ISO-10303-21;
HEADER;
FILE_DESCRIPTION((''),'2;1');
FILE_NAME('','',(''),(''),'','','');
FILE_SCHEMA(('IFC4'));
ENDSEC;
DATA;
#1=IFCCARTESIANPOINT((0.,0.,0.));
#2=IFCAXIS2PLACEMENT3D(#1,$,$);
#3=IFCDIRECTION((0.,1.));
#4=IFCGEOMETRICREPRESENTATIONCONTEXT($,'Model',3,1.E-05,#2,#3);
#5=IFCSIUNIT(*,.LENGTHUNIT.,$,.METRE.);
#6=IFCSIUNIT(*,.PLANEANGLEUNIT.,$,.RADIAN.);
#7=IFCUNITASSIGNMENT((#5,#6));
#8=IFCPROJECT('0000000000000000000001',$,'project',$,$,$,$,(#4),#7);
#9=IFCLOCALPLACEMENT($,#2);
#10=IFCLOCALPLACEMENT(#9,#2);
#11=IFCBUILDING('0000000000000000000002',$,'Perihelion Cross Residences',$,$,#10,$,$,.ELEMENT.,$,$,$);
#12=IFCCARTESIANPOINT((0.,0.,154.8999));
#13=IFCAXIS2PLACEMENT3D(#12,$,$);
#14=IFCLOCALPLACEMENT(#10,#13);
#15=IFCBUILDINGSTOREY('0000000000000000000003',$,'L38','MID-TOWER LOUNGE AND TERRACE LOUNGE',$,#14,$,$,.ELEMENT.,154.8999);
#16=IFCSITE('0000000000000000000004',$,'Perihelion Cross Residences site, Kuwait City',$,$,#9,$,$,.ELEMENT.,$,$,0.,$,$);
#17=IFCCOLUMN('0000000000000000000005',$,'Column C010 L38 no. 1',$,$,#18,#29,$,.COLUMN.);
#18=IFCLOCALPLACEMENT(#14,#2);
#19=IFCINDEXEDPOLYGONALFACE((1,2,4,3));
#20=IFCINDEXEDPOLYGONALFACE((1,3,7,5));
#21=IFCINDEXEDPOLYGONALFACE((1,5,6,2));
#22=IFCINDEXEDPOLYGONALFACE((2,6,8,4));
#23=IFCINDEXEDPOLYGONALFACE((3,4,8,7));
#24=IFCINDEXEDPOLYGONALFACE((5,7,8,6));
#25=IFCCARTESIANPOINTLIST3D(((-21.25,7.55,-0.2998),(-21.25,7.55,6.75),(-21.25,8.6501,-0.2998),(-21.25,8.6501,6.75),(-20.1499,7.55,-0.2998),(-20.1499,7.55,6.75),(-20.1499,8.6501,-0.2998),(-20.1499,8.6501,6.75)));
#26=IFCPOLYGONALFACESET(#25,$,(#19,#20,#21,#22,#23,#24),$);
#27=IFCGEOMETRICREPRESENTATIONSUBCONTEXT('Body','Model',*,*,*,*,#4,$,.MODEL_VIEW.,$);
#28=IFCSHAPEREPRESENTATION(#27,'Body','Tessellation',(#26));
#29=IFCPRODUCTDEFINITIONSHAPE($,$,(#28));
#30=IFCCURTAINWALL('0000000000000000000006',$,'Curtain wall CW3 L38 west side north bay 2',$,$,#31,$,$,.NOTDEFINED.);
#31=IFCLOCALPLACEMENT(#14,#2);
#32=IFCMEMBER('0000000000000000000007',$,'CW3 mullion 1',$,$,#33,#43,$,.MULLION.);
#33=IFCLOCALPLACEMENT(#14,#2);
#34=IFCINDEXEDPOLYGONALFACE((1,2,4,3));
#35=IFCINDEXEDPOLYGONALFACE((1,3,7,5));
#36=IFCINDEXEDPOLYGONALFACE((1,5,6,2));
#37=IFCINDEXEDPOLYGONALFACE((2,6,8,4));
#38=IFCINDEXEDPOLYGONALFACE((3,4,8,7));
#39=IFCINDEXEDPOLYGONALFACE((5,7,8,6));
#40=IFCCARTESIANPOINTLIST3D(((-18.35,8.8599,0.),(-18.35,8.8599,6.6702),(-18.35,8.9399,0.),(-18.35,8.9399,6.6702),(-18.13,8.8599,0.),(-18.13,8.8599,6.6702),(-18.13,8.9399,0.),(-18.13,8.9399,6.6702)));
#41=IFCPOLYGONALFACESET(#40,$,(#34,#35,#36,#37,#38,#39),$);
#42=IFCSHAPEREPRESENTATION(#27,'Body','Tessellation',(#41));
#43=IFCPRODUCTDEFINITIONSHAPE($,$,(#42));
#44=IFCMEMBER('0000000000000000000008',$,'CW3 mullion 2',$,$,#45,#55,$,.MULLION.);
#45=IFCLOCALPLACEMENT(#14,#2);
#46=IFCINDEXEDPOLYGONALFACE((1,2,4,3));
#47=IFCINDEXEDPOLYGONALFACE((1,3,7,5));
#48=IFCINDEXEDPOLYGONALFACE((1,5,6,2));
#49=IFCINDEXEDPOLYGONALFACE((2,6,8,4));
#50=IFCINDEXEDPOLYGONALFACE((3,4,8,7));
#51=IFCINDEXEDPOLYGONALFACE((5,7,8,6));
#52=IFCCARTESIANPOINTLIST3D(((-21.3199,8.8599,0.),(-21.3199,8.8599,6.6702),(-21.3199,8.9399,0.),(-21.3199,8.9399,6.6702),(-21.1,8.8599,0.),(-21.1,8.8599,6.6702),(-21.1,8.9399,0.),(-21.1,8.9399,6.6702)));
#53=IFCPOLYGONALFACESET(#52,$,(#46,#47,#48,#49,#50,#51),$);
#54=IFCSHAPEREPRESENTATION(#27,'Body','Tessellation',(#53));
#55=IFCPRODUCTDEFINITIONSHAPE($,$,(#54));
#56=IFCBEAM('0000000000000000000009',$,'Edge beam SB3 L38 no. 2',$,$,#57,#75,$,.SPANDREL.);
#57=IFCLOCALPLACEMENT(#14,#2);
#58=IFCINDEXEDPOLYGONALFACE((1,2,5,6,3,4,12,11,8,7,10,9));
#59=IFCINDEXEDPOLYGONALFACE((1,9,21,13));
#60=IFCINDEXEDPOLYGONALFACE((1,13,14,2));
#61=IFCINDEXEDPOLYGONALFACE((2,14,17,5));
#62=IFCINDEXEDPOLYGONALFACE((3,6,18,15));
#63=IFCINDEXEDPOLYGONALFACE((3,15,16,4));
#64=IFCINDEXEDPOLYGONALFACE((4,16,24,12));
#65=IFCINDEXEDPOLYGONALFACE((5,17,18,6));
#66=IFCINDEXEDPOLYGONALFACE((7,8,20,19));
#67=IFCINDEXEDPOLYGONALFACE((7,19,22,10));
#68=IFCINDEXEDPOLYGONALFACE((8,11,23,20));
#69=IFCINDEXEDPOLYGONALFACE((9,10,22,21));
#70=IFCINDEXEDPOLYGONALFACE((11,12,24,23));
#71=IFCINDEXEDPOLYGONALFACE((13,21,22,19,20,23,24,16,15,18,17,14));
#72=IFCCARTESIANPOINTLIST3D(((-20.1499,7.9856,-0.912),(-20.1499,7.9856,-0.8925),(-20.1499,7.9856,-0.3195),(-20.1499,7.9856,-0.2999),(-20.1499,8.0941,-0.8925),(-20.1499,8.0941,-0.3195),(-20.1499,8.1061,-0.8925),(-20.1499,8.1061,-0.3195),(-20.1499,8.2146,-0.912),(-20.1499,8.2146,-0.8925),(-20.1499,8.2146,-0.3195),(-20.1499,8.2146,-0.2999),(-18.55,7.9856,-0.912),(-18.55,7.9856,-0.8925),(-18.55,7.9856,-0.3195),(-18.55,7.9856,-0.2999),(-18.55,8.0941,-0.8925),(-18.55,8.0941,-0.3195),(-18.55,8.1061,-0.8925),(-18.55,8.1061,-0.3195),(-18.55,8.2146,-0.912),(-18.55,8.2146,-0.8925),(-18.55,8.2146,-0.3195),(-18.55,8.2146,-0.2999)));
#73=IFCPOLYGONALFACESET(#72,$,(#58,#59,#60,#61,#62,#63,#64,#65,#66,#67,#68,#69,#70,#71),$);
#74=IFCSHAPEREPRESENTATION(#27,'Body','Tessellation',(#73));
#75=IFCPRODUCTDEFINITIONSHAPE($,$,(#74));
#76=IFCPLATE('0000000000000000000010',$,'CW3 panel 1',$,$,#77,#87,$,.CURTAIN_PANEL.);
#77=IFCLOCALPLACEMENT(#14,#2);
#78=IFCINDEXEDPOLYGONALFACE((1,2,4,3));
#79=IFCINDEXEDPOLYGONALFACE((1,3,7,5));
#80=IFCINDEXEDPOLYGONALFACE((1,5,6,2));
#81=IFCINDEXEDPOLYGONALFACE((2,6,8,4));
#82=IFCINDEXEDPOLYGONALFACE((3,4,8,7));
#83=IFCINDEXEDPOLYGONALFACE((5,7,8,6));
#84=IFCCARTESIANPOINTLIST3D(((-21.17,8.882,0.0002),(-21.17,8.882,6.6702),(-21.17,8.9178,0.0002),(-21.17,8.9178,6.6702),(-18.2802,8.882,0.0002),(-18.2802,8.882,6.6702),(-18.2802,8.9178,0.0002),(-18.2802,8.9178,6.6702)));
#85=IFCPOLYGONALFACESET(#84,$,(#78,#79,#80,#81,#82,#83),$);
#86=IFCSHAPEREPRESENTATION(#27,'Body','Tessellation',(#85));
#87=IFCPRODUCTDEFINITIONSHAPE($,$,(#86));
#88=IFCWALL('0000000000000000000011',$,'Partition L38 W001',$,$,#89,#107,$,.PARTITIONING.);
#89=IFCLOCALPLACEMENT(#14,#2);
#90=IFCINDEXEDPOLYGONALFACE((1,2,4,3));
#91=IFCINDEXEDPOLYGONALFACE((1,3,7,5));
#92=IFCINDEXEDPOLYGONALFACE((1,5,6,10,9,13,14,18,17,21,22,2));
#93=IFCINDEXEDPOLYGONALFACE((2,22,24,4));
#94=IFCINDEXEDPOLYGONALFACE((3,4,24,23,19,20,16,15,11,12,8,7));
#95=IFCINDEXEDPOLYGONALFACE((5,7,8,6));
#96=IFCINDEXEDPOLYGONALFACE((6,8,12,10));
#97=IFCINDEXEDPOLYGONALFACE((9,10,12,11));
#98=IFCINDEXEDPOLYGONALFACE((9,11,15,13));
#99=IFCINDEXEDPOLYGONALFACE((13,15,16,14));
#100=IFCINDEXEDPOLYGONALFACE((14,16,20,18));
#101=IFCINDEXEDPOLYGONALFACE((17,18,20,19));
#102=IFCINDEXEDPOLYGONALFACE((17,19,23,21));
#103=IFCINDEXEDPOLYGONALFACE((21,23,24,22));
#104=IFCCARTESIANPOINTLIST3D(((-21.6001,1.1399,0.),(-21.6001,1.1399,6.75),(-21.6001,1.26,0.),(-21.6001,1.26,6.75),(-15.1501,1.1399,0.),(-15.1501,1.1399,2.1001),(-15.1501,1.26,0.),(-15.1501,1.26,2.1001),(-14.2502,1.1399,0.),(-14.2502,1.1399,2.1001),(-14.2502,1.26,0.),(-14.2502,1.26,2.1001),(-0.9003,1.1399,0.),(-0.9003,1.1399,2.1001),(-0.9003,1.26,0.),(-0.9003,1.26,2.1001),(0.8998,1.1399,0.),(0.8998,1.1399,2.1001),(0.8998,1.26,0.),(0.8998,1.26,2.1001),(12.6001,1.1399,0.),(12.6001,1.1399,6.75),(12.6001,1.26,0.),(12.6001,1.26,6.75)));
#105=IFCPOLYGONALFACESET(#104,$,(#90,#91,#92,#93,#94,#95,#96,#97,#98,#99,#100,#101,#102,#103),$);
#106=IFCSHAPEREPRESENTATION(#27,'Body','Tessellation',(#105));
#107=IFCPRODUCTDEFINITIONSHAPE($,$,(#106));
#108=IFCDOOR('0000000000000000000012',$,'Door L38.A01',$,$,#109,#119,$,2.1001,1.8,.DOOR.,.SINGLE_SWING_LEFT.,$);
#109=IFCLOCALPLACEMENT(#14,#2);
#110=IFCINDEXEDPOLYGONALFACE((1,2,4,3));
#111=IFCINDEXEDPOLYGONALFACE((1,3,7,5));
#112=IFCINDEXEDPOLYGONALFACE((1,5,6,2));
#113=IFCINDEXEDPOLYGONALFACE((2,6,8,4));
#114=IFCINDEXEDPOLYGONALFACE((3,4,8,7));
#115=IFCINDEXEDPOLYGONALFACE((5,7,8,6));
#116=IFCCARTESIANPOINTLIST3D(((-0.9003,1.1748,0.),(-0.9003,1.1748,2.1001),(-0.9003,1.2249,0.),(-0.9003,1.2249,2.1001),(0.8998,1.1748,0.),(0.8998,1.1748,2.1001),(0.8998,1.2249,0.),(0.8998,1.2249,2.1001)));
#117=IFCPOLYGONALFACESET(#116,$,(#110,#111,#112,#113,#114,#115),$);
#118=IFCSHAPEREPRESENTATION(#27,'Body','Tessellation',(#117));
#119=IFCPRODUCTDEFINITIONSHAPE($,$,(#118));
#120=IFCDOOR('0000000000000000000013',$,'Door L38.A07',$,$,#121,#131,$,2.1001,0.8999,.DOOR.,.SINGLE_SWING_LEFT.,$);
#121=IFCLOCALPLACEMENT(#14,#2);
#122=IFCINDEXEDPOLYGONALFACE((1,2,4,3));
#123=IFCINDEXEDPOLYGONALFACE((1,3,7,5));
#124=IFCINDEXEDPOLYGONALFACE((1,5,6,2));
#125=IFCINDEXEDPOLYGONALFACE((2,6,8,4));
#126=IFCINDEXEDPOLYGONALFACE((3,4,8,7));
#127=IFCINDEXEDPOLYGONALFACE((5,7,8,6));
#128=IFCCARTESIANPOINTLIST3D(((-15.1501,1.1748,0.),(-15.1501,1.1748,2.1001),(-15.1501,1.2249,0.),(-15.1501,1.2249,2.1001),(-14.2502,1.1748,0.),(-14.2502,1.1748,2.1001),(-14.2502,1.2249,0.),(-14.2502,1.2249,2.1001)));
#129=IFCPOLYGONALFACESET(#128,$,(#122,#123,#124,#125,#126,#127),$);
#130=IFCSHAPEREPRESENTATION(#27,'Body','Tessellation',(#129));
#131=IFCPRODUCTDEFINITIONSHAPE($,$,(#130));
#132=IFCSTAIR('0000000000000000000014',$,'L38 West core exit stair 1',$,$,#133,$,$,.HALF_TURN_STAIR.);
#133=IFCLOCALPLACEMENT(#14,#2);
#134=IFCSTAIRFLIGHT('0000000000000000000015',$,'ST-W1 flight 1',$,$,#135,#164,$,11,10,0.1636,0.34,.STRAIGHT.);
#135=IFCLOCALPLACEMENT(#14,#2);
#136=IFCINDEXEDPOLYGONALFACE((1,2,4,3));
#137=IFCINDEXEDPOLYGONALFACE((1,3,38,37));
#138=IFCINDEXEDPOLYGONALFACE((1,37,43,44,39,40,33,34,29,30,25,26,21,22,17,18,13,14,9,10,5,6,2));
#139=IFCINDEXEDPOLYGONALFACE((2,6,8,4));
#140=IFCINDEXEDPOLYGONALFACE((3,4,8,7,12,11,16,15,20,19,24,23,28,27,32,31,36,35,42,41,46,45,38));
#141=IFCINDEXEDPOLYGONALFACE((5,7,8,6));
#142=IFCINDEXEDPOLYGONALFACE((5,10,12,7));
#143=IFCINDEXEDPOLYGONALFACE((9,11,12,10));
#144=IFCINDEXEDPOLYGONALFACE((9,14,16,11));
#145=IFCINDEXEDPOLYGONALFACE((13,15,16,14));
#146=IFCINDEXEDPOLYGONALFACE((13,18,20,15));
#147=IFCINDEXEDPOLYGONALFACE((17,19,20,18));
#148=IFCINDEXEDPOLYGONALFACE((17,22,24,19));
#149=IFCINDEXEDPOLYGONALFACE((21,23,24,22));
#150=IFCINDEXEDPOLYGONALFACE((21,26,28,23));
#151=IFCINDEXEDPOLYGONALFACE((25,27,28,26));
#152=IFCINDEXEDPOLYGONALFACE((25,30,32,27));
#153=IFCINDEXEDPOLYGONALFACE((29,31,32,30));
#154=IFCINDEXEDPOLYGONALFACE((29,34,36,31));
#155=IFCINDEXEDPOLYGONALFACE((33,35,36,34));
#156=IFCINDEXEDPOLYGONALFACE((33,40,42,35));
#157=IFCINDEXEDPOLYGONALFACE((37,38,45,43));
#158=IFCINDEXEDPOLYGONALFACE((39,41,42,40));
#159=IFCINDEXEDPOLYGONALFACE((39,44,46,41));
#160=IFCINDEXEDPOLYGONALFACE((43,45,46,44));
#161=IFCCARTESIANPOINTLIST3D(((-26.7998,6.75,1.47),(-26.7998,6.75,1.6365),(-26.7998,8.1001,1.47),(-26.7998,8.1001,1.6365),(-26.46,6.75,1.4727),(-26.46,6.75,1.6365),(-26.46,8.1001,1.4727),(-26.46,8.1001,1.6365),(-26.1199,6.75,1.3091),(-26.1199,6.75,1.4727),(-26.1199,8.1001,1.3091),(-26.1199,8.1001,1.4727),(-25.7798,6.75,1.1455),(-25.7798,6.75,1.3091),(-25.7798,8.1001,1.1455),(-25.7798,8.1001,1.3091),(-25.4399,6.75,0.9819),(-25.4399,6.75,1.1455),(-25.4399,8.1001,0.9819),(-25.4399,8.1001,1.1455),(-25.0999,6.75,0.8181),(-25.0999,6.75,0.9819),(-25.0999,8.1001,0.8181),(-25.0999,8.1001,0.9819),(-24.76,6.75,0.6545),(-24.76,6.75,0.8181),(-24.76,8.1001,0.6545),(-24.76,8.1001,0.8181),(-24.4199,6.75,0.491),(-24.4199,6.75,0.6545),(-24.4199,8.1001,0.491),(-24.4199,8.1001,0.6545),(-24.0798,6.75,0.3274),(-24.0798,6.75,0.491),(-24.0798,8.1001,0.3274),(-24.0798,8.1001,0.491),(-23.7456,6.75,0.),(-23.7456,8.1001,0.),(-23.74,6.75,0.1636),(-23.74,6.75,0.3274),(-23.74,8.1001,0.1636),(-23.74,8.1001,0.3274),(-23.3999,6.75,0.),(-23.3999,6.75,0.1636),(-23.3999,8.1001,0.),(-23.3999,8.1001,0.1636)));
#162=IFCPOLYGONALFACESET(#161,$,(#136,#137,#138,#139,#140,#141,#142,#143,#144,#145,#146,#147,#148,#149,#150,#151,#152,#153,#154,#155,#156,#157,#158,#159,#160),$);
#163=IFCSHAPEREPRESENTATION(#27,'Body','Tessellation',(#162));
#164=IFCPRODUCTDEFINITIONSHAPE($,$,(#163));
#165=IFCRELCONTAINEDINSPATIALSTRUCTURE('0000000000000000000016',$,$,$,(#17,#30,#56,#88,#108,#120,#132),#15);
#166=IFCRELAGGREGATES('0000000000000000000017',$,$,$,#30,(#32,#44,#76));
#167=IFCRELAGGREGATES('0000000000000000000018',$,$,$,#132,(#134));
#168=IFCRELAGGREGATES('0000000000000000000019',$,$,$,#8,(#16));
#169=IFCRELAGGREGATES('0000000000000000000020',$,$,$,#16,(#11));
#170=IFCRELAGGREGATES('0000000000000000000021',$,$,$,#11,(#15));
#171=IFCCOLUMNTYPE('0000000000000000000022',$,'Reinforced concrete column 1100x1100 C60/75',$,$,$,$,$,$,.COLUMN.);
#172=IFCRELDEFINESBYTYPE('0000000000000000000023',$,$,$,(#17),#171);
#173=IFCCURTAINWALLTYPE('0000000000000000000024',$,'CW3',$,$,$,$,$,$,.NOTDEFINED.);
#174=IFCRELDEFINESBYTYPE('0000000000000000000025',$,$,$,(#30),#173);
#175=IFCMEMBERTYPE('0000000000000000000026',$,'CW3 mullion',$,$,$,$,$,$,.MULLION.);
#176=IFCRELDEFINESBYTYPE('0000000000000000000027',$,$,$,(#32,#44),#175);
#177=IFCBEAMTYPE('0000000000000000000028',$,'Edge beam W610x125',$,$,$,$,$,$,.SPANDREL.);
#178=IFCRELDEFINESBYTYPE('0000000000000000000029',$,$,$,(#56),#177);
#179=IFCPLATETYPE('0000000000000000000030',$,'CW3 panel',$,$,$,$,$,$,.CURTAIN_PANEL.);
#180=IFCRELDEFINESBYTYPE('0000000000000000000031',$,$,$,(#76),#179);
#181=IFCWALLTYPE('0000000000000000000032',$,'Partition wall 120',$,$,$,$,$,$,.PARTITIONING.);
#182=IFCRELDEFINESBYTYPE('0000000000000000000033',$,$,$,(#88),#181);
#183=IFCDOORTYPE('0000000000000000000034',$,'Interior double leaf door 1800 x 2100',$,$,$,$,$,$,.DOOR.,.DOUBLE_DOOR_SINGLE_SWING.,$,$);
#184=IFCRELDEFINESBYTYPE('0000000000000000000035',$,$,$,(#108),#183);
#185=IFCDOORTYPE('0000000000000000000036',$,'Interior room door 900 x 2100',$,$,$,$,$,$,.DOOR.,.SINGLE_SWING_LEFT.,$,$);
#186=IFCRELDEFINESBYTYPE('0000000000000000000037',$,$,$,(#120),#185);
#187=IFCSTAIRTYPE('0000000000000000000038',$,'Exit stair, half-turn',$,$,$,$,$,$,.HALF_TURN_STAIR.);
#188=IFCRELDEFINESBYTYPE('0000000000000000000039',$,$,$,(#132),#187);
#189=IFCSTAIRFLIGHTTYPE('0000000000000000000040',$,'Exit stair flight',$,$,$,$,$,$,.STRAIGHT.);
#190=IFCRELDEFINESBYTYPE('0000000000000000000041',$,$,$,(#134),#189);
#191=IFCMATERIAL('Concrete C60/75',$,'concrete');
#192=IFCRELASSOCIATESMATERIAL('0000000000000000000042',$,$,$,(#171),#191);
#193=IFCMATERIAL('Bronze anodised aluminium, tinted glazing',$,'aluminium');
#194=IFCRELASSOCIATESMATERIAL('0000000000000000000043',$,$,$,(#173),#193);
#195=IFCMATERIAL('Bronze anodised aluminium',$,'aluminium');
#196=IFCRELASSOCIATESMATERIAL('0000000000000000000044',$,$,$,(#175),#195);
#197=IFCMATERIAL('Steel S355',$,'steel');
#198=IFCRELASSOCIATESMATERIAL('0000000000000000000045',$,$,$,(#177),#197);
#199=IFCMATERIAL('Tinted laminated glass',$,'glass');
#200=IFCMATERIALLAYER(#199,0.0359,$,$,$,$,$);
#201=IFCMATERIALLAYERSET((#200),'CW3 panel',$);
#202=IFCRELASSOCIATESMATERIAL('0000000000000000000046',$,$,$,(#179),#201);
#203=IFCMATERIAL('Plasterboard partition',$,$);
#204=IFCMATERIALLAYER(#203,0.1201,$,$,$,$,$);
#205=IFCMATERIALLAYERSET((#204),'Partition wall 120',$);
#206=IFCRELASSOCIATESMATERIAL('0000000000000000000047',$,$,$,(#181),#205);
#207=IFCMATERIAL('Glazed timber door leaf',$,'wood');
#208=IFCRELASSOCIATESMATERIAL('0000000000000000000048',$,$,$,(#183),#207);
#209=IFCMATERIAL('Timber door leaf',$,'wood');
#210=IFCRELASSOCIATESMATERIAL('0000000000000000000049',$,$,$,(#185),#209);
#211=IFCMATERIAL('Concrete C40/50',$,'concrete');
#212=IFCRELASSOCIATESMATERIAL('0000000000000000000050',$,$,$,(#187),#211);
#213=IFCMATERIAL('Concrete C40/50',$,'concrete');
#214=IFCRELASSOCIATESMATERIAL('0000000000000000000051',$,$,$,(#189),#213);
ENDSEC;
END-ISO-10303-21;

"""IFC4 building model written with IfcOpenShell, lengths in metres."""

from ifc_helpers import new_model, si_unit, direction, frame, frame_2d, origin, origin_2d, place, context, subcontext, project, spatial, polyline, rectangle, i_section, outline, extrude, material, layer, layer_set, material_profile, profile_set, type_object, element, fill, aggregate, save


model = new_model("IFC4")

# Units and contexts
model_context = context("Model", 3, precision=1e-05, world=origin(), true_north=direction((0.0, 1.0)))
body_context = subcontext(model_context, "Body", "Model", "MODEL_VIEW")
ifc_project = project(units=[si_unit("LENGTHUNIT", "METRE"), si_unit("PLANEANGLEUNIT", "RADIAN")], contexts=[model_context])

# Site, building, storey
site_placement = place(None, origin())
site = spatial("IfcSite", under=ifc_project, at=site_placement, Name="Perihelion Cross Residences site, Kuwait City", CompositionType="ELEMENT", RefElevation=0.0)
building_placement = place(site_placement, origin())
building = spatial("IfcBuilding", under=site, at=building_placement, Name="Perihelion Cross Residences", CompositionType="ELEMENT")
storey_placement = place(building_placement, frame((0.0, 0.0, 154.8999)))
storey = spatial("IfcBuildingStorey", under=building, at=storey_placement, Name="L38", Description="MID-TOWER LOUNGE AND TERRACE LOUNGE", CompositionType="ELEMENT", Elevation=154.8999)

# Column
ifc_material_1 = material(Name="Concrete C60/75", Category="concrete")
ifc_material_profile_1 = material_profile(ifc_material_1, rectangle(XDim=1.1001, YDim=1.1001, at=origin_2d()), Name="RC 1100x1100")
ifc_profile_set_1 = profile_set([ifc_material_profile_1], Name="Concrete C60/75")
column_type = type_object("IfcColumnType", Name="Reinforced concrete column 1100x1100 C60/75", PredefinedType="COLUMN", material=ifc_profile_set_1)
column_placement = place(storey_placement, frame((-20.7, 8.1001, -0.2998), z_axis=(0.0, 0.0, 1.0), x_axis=(1.0, 0.0, 0.0)))
element("IfcColumn", 1, at=column_placement, inside=storey, type_object=column_type, Name="Column C010 L38 no. 1", PredefinedType="COLUMN", context=body_context, shape_type="SweptSolid", body=[
    extrude(rectangle(XDim=1.1001, YDim=1.1001, at=origin_2d()), origin(), (0.0, 0.0, 1.0), 7.0498),
])

# Curtain wall, members
ifc_material_2 = material(Name="Bronze anodised aluminium, tinted glazing", Category="aluminium")
curtain_wall_type = type_object("IfcCurtainWallType", Name="CW3", PredefinedType="NOTDEFINED", material=ifc_material_2)
curtain_wall_placement = place(storey_placement, origin())
curtain_wall = element("IfcCurtainWall", 2, at=curtain_wall_placement, inside=storey, type_object=curtain_wall_type, Name="Curtain wall CW3 L38 west side north bay 2", PredefinedType="NOTDEFINED")
ifc_material_3 = material(Name="Bronze anodised aluminium", Category="aluminium")
ifc_material_profile_2 = material_profile(ifc_material_3, rectangle(XDim=0.0801, YDim=0.22, at=origin_2d()), Name="CW3 mullion")
ifc_profile_set_2 = profile_set([ifc_material_profile_2], Name="Bronze anodised aluminium")
member_type = type_object("IfcMemberType", Name="CW3 mullion", PredefinedType="MULLION", material=ifc_profile_set_2)
member_1_placement = place(storey_placement, frame((-18.24, 8.8999, 0.0), z_axis=(0.0, 0.0, 1.0), x_axis=(0.0, -1.0, 0.0)))
member_1 = element("IfcMember", 3, at=member_1_placement, type_object=member_type, Name="CW3 mullion 1", PredefinedType="MULLION", context=body_context, shape_type="SweptSolid", body=[
    extrude(rectangle(XDim=0.0801, YDim=0.22, at=origin_2d()), origin(), (0.0, 0.0, 1.0), 6.6702),
])
member_2_placement = place(storey_placement, frame((-21.21, 8.8999, 0.0), z_axis=(0.0, 0.0, 1.0), x_axis=(0.0, -1.0, 0.0)))
member_2 = element("IfcMember", 4, at=member_2_placement, type_object=member_type, Name="CW3 mullion 2", PredefinedType="MULLION", context=body_context, shape_type="SweptSolid", body=[
    extrude(rectangle(XDim=0.0801, YDim=0.22, at=origin_2d()), origin(), (0.0, 0.0, 1.0), 6.6702),
])

# Beam
ifc_material_4 = material(Name="Steel S355", Category="steel")
ifc_material_profile_3 = material_profile(ifc_material_4, i_section(OverallWidth=0.229, OverallDepth=0.6121, WebThickness=0.012, FlangeThickness=0.0195, at=origin_2d()), Name="W610x125")
ifc_profile_set_3 = profile_set([ifc_material_profile_3], Name="Steel S355")
beam_type = type_object("IfcBeamType", Name="Edge beam W610x125", PredefinedType="SPANDREL", material=ifc_profile_set_3)
beam_placement = place(storey_placement, frame((-18.55, 8.1001, -0.606), z_axis=(-1.0, 0.0, 0.0), x_axis=(0.0, -1.0, 0.0)))
element("IfcBeam", 5, at=beam_placement, inside=storey, type_object=beam_type, Name="Edge beam SB3 L38 no. 2", PredefinedType="SPANDREL", context=body_context, shape_type="SweptSolid", body=[
    extrude(i_section(OverallWidth=0.229, OverallDepth=0.6121, WebThickness=0.012, FlangeThickness=0.0195, at=origin_2d()), origin(), (0.0, 0.0, 1.0), 1.5999),
])

# Plate
ifc_material_5 = material(Name="Tinted laminated glass", Category="glass")
ifc_layer_1 = layer(ifc_material_5, 0.0359)
ifc_layer_set_1 = layer_set([ifc_layer_1], Name="CW3 panel")
plate_type = type_object("IfcPlateType", Name="CW3 panel", PredefinedType="CURTAIN_PANEL", material=ifc_layer_set_1)
plate_placement = place(storey_placement, frame((-19.7251, 8.8999, 0.0002), z_axis=(0.0, 0.0, 1.0), x_axis=(-1.0, 0.0, 0.0)))
plate = element("IfcPlate", 6, at=plate_placement, type_object=plate_type, Name="CW3 panel 1", PredefinedType="CURTAIN_PANEL", context=body_context, shape_type="SweptSolid", body=[
    extrude(rectangle(XDim=2.8899, YDim=0.0359, at=origin_2d()), origin(), (0.0, 0.0, 1.0), 6.6699),
])
aggregate(curtain_wall, [member_1, member_2, plate])

# Wall, openings, doors
ifc_material_6 = material(Name="Plasterboard partition")
ifc_layer_2 = layer(ifc_material_6, 0.1201)
ifc_layer_set_2 = layer_set([ifc_layer_2], Name="Partition wall 120")
wall_type = type_object("IfcWallType", Name="Partition wall 120", PredefinedType="PARTITIONING", material=ifc_layer_set_2)
wall_placement = place(storey_placement, frame((-21.6001, 1.2, 0.0), z_axis=(0.0, 0.0, 1.0), x_axis=(1.0, 0.0, 0.0)))
wall = element("IfcWall", 7, at=wall_placement, inside=storey, type_object=wall_type, Name="Partition L38 W001", PredefinedType="PARTITIONING", context=body_context, shape_type="SweptSolid", body=[
    extrude(rectangle(XDim=34.2002, YDim=0.1201, at=frame_2d((17.1001, 0.0))), origin(), (0.0, 0.0, 1.0), 6.75),
])
opening_1_placement = place(wall_placement, frame((20.7, 0.0, 0.0)))
opening_1 = element("IfcOpeningElement", 8, at=opening_1_placement, cuts=wall, PredefinedType="OPENING", context=body_context, shape_type="SweptSolid", body=[
    extrude(rectangle(XDim=1.8, YDim=2.1001, at=frame_2d((0.8999, 1.05))), frame((0.0, 0.0701, 0.0), z_axis=(0.0, -1.0, 0.0), x_axis=(1.0, 0.0, 0.0)), (0.0, 0.0, 1.0), 0.1401),
])
opening_2_placement = place(wall_placement, frame((6.45, 0.0, 0.0)))
opening_2 = element("IfcOpeningElement", 9, at=opening_2_placement, cuts=wall, PredefinedType="OPENING", context=body_context, shape_type="SweptSolid", body=[
    extrude(rectangle(XDim=0.8999, YDim=2.1001, at=frame_2d((0.45, 1.05))), frame((0.0, 0.0701, 0.0), z_axis=(0.0, -1.0, 0.0), x_axis=(1.0, 0.0, 0.0)), (0.0, 0.0, 1.0), 0.1401),
])
ifc_material_7 = material(Name="Glazed timber door leaf", Category="wood")
door_type_1 = type_object("IfcDoorType", Name="Interior double leaf door 1800 x 2100", OperationType="DOUBLE_DOOR_SINGLE_SWING", PredefinedType="DOOR", material=ifc_material_7)
door_1_placement = place(opening_1_placement, origin())
door_1 = element("IfcDoor", 10, at=door_1_placement, inside=storey, type_object=door_type_1, Name="Door L38.A01", OperationType="SINGLE_SWING_LEFT", OverallHeight=2.1001, OverallWidth=1.8, PredefinedType="DOOR", context=body_context, shape_type="SweptSolid", body=[
    extrude(rectangle(XDim=1.8, YDim=2.1001, at=frame_2d((0.8999, 1.05))), frame((0.0, 0.0249, 0.0), z_axis=(0.0, -1.0, 0.0), x_axis=(1.0, 0.0, 0.0)), (0.0, 0.0, 1.0), 0.05),
])
fill(opening_1, door_1)
ifc_material_8 = material(Name="Timber door leaf", Category="wood")
door_type_2 = type_object("IfcDoorType", Name="Interior room door 900 x 2100", OperationType="SINGLE_SWING_LEFT", PredefinedType="DOOR", material=ifc_material_8)
door_2_placement = place(opening_2_placement, origin())
door_2 = element("IfcDoor", 11, at=door_2_placement, inside=storey, type_object=door_type_2, Name="Door L38.A07", OperationType="SINGLE_SWING_LEFT", OverallHeight=2.1001, OverallWidth=0.8999, PredefinedType="DOOR", context=body_context, shape_type="SweptSolid", body=[
    extrude(rectangle(XDim=0.8999, YDim=2.1001, at=frame_2d((0.45, 1.05))), frame((0.0, 0.0249, 0.0), z_axis=(0.0, -1.0, 0.0), x_axis=(1.0, 0.0, 0.0)), (0.0, 0.0, 1.0), 0.05),
])
fill(opening_2, door_2)

# Stair, stair flight
ifc_material_9 = material(Name="Concrete C40/50", Category="concrete")
stair_type = type_object("IfcStairType", Name="Exit stair, half-turn", PredefinedType="HALF_TURN_STAIR", material=ifc_material_9)
stair_placement = place(storey_placement, origin())
stair = element("IfcStair", 12, at=stair_placement, inside=storey, type_object=stair_type, Name="L38 West core exit stair 1", PredefinedType="HALF_TURN_STAIR")
ifc_material_10 = material(Name="Concrete C40/50", Category="concrete")
stair_flight_type = type_object("IfcStairFlightType", Name="Exit stair flight", PredefinedType="STRAIGHT", material=ifc_material_10)
stair_flight_1_placement = place(storey_placement, frame((-23.3999, 7.425, 0.0), z_axis=(0.0, 0.0, 1.0), x_axis=(-1.0, 0.0, 0.0)))
stair_flight_1 = element("IfcStairFlight", 13, at=stair_flight_1_placement, type_object=stair_flight_type, Name="ST-W1 flight 1", NumberOfRisers=11, NumberOfTreads=10, PredefinedType="STRAIGHT", RiserHeight=0.1636, TreadLength=0.34, context=body_context, shape_type="SweptSolid", body=[
    extrude(outline(polyline([(0.0, 0.0), (0.0, 0.1636), (0.3401, 0.1636), (0.3401, 0.3274), (0.6799, 0.3274), (0.6799, 0.491), (1.02, 0.491), (1.02, 0.6545), (1.3601, 0.6545), (1.3601, 0.8181), (1.7, 0.8181), (1.7, 0.9819), (2.04, 0.9819), (2.04, 1.1455), (2.3799, 1.1455), (2.3799, 1.3091), (2.72, 1.3091), (2.72, 1.4727), (3.0601, 1.4727), (3.0601, 1.6365), (3.3999, 1.6365), (3.3999, 1.8), (3.3999, 1.47), (0.3457, 0.0), (0.0, 0.0)])), frame((0.0, 0.675, 0.0), z_axis=(0.0, -1.0, 0.0), x_axis=(1.0, 0.0, 0.0)), (0.0, 0.0, 1.0), 1.3501),
])
aggregate(stair, [stair_flight_1])

save(model, "model.ifc")
